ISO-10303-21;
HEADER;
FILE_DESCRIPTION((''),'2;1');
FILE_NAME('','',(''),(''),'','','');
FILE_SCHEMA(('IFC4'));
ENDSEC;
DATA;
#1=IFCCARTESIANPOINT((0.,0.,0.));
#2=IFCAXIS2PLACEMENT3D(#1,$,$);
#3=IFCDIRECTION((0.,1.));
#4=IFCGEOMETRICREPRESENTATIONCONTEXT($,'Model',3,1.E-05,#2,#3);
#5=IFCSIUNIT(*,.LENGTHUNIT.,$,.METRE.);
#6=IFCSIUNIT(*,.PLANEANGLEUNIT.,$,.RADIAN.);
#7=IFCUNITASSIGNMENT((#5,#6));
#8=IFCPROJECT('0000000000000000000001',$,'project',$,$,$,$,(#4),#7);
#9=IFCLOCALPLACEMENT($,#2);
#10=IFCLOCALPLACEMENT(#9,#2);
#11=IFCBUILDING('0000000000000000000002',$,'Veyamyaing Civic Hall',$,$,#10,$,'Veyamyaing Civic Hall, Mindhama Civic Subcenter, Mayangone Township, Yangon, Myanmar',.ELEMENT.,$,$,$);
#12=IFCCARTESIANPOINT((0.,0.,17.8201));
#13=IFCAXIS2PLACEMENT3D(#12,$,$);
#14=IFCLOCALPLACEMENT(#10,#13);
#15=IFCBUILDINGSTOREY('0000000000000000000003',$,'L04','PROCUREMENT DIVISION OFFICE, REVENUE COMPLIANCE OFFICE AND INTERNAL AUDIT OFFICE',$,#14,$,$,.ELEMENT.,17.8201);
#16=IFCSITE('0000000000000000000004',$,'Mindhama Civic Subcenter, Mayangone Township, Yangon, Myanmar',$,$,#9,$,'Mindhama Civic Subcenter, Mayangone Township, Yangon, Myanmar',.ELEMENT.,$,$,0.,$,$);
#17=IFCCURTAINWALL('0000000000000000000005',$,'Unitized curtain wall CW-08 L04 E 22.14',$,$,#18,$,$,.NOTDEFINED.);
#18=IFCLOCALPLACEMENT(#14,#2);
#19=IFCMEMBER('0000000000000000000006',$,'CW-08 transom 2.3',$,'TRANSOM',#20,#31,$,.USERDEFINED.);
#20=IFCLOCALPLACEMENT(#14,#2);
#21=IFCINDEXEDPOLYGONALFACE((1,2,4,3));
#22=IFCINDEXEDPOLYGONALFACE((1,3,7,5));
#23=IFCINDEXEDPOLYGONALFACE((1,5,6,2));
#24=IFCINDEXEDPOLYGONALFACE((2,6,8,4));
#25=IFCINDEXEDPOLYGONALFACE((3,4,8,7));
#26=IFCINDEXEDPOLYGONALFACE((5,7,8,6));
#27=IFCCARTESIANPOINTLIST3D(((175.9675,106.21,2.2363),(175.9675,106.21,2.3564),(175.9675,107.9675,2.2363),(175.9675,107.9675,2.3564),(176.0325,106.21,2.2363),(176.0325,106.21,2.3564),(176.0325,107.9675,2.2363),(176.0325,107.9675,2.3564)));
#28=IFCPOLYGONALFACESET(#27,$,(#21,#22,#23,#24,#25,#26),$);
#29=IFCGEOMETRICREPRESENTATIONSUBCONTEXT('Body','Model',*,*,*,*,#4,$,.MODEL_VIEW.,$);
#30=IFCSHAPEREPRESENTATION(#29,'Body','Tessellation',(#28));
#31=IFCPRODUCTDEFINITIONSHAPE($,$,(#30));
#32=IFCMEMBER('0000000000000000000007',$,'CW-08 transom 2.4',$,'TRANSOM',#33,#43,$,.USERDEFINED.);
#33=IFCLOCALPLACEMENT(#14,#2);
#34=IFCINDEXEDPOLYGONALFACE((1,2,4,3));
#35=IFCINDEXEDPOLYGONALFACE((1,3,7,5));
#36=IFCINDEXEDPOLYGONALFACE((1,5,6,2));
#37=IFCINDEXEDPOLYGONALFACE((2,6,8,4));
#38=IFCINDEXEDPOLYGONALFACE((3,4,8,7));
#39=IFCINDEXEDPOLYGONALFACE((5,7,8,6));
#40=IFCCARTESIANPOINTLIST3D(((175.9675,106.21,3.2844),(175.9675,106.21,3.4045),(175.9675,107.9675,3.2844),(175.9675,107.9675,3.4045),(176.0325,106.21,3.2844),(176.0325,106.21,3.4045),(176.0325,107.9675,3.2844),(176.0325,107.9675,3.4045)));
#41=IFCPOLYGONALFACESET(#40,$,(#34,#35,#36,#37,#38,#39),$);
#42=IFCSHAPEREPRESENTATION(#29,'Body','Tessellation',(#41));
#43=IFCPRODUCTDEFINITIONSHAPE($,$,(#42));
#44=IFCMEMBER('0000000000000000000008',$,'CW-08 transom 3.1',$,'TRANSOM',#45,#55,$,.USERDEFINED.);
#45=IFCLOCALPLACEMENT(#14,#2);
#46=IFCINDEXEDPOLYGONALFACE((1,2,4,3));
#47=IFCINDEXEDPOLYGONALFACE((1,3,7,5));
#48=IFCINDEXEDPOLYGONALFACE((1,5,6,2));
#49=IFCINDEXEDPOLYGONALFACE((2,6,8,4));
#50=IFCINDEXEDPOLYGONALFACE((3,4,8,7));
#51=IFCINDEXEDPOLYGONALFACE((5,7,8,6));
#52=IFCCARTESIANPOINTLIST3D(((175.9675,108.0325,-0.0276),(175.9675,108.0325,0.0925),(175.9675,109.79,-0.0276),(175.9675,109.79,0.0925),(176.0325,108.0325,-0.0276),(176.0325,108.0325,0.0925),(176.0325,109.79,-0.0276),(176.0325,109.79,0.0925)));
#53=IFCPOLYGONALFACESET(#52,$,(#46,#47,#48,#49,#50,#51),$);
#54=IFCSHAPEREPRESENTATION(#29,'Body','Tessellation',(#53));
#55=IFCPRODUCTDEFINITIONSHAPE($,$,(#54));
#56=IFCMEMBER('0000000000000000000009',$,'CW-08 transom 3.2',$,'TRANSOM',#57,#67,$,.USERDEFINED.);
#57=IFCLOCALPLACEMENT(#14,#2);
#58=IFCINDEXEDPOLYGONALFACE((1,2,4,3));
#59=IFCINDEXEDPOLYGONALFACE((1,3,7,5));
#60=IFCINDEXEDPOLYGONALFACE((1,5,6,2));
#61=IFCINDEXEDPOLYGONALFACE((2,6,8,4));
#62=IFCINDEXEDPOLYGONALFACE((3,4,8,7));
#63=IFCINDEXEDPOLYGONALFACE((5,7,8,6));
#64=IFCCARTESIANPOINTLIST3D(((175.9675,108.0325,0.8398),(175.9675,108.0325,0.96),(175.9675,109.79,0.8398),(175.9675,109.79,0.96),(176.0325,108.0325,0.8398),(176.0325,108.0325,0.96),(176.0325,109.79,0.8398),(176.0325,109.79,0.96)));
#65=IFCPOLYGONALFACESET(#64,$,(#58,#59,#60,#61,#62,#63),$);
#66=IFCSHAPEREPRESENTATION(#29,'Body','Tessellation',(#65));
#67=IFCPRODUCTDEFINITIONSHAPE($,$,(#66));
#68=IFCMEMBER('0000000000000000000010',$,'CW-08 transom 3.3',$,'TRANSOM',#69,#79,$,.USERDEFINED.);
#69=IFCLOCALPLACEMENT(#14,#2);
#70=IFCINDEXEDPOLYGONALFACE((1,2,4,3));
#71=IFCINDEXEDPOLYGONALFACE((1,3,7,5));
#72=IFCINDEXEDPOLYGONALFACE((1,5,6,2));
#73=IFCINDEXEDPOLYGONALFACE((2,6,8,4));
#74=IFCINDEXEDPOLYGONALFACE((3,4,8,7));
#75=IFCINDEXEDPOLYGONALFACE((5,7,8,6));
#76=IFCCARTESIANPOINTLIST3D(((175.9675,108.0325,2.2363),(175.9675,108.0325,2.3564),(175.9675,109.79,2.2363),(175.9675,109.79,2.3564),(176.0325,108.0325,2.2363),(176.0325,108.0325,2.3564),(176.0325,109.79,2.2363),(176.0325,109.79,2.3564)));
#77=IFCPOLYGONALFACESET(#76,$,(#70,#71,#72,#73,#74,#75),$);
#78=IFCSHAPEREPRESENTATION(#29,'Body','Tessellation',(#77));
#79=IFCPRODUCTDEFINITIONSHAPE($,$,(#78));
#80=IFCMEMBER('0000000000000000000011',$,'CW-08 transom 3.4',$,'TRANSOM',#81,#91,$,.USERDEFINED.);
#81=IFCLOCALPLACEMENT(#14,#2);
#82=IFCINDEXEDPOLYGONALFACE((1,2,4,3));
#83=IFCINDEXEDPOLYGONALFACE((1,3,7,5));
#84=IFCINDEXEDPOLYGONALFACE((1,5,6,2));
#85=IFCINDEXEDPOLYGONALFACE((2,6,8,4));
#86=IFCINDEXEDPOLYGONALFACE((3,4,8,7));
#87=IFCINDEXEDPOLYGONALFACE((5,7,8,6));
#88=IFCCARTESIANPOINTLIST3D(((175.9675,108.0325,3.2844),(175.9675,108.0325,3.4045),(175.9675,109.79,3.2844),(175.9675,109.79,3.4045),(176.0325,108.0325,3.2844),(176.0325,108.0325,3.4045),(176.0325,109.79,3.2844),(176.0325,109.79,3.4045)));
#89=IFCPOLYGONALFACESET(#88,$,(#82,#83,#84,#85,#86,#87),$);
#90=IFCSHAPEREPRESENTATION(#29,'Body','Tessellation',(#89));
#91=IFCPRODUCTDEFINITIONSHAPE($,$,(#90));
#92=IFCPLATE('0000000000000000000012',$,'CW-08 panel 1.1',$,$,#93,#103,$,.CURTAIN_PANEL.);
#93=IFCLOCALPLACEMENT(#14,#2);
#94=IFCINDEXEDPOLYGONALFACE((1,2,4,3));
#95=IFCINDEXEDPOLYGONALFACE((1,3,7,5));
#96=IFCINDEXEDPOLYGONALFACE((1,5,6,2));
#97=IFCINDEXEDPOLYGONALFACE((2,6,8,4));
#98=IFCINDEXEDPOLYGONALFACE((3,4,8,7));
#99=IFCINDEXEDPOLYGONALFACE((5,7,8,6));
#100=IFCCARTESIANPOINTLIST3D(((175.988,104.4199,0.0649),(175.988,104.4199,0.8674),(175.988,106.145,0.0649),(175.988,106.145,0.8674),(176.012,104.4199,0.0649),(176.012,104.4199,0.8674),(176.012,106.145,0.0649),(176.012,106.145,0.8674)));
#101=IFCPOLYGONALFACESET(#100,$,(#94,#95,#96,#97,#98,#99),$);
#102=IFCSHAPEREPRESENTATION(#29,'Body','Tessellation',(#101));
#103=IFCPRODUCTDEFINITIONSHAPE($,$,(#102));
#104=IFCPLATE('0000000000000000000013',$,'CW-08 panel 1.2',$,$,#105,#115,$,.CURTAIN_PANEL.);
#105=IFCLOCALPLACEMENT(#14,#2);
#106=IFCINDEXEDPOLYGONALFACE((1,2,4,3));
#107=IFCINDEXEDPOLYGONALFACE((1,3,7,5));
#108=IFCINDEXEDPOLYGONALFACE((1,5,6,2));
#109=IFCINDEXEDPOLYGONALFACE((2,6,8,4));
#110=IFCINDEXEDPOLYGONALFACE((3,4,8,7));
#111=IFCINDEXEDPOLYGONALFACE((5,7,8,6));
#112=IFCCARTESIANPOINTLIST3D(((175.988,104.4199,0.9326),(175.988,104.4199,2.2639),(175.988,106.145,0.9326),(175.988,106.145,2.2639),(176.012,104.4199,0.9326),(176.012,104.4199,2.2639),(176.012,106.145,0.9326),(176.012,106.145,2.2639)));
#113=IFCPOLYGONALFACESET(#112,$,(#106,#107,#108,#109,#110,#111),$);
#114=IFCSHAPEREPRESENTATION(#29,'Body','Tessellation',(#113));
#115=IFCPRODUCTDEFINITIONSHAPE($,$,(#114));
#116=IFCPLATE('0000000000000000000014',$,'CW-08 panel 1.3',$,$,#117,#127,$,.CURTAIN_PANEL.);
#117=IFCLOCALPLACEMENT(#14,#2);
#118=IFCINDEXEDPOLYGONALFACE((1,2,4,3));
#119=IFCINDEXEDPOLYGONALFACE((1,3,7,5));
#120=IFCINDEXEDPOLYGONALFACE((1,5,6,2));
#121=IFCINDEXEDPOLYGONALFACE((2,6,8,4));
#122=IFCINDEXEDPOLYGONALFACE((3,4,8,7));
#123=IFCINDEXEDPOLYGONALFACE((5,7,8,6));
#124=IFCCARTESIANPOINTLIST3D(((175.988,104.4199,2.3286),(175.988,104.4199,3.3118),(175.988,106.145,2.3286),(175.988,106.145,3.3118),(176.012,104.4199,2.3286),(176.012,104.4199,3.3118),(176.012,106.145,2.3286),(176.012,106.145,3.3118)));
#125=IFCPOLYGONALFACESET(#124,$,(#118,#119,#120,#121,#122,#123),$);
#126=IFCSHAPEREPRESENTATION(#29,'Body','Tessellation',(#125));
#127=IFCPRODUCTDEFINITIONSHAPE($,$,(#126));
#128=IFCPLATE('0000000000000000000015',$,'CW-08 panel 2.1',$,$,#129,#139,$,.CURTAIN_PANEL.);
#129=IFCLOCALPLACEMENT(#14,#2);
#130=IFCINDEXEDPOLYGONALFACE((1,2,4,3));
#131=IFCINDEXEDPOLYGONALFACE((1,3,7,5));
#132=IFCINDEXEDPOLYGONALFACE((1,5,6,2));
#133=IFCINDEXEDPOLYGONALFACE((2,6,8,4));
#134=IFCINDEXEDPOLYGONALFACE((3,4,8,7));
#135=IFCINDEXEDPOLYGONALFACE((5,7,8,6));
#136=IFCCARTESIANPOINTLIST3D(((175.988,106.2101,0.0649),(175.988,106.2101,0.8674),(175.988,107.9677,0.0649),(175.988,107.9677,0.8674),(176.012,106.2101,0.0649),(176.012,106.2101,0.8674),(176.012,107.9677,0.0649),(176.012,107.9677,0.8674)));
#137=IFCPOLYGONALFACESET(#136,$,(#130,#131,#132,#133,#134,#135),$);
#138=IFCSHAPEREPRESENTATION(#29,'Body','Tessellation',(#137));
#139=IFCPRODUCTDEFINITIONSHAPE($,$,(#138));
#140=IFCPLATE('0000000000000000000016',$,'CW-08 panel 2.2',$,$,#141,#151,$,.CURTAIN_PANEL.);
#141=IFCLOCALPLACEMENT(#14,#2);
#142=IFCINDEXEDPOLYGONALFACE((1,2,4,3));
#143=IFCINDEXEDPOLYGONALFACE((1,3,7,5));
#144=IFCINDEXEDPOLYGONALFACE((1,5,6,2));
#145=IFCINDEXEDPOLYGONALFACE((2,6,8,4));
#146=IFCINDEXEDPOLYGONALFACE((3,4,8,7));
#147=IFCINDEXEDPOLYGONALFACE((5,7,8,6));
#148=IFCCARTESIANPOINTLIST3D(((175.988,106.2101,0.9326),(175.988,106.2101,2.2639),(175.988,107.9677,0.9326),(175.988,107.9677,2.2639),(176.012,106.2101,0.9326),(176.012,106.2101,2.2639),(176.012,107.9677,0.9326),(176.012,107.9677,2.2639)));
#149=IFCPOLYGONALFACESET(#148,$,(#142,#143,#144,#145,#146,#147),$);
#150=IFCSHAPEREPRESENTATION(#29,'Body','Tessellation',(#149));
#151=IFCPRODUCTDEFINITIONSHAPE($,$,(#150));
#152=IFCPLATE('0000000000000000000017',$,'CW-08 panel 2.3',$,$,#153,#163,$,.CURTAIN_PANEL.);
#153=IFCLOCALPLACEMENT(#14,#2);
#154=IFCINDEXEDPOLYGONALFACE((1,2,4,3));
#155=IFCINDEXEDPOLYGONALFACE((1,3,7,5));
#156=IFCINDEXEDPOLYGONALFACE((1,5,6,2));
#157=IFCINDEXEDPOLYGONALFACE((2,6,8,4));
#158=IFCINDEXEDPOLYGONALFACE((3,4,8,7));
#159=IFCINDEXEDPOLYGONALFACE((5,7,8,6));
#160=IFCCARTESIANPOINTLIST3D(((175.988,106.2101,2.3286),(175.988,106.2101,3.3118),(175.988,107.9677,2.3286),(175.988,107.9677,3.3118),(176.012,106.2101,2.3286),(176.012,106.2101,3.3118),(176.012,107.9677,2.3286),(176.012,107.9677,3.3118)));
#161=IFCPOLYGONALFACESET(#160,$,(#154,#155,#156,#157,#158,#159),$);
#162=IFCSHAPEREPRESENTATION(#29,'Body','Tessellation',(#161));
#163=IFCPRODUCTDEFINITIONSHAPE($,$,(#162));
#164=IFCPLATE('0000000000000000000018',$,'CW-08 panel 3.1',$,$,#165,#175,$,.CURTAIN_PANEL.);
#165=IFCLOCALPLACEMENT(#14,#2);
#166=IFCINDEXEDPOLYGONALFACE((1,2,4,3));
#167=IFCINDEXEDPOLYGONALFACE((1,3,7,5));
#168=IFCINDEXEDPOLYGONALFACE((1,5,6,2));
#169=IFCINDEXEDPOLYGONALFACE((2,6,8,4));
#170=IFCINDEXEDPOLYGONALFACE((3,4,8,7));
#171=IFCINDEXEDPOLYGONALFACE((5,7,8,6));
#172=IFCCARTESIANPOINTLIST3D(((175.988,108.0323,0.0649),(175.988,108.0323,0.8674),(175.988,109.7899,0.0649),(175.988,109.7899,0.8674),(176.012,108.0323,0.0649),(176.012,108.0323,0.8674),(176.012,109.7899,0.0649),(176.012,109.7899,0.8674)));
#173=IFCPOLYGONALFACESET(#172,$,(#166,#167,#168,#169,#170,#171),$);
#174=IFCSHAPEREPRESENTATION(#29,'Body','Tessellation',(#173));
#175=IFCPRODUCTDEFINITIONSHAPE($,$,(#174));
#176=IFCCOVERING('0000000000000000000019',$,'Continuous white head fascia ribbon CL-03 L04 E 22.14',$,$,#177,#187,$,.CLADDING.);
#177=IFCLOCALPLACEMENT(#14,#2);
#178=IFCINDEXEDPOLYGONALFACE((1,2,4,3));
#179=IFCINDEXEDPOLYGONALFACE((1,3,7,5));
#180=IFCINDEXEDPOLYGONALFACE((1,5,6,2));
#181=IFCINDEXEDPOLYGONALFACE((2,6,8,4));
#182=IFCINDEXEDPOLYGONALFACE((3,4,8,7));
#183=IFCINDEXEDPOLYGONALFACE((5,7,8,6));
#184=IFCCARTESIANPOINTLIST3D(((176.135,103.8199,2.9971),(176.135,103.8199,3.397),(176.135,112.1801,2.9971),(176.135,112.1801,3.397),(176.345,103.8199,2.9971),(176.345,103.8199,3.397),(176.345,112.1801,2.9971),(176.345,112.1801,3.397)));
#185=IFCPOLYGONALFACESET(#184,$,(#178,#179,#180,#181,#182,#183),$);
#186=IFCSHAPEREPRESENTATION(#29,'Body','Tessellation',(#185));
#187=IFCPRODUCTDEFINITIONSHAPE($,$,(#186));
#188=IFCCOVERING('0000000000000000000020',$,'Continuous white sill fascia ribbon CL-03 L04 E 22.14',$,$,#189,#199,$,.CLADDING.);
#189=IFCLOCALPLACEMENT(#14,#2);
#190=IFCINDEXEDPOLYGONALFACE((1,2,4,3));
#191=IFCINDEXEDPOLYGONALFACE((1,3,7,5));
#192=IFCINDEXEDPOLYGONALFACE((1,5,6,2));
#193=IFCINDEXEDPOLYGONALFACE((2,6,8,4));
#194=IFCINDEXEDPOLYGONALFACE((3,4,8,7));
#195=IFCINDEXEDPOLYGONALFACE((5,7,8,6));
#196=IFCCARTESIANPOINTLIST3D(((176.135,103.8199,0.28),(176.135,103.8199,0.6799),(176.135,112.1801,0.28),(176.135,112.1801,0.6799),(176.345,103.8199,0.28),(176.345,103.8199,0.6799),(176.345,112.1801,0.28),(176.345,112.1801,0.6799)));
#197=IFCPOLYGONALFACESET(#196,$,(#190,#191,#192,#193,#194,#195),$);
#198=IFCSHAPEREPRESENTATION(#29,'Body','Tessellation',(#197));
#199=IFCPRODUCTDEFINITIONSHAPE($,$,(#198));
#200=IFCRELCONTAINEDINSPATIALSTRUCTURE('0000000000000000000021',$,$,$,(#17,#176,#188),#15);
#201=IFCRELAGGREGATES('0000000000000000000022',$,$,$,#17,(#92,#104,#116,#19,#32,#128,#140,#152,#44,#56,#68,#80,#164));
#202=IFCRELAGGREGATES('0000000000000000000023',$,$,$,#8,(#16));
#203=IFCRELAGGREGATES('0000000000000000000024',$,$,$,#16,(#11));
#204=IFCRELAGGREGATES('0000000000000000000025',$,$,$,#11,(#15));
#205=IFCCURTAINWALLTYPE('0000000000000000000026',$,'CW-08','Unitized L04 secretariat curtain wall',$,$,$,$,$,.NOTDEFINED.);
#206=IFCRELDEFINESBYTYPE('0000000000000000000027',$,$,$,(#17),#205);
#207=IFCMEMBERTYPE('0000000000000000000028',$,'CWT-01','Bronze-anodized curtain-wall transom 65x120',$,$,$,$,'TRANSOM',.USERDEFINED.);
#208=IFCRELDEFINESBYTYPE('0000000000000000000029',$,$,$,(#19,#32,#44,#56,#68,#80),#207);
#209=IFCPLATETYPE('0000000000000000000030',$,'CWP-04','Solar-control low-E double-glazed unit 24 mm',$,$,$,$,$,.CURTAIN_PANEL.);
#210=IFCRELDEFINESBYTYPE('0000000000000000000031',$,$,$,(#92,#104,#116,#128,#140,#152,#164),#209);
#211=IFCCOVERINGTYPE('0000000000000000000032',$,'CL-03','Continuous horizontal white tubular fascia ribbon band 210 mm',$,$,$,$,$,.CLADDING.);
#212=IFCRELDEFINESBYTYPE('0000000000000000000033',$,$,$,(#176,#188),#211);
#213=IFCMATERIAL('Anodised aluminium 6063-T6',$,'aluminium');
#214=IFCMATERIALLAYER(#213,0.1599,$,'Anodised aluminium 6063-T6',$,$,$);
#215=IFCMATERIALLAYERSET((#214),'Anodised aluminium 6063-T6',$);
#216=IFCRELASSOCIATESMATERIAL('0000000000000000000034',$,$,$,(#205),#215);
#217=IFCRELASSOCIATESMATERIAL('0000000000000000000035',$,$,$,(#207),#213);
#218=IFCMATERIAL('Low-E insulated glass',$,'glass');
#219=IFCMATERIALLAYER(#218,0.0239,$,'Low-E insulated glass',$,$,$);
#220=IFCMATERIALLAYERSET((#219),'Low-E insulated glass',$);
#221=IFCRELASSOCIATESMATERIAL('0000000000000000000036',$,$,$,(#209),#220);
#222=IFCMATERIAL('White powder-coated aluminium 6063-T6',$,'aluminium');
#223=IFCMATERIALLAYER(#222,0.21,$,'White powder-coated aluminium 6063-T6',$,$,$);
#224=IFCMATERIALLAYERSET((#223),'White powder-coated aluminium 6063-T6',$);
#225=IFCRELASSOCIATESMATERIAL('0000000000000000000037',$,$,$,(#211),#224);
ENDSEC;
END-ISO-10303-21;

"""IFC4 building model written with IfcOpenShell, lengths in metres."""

from ifc_helpers import new_model, si_unit, direction, frame, origin, origin_2d, place, context, subcontext, project, spatial, rectangle, extrude, material, layer, layer_set, material_profile, profile_set, type_object, element, aggregate, save


model = new_model("IFC4")

# Units and contexts
model_context = context("Model", 3, precision=1e-05, world=origin(), true_north=direction((0.0, 1.0)))
body_context = subcontext(model_context, "Body", "Model", "MODEL_VIEW")
ifc_project = project(units=[si_unit("LENGTHUNIT", "METRE"), si_unit("PLANEANGLEUNIT", "RADIAN")], contexts=[model_context])

# Site, building, storey
site_placement = place(None, origin())
site = spatial("IfcSite", under=ifc_project, at=site_placement, Name="Mindhama Civic Subcenter, Mayangone Township, Yangon, Myanmar", LongName="Mindhama Civic Subcenter, Mayangone Township, Yangon, Myanmar", CompositionType="ELEMENT", RefElevation=0.0)
building_placement = place(site_placement, origin())
building = spatial("IfcBuilding", under=site, at=building_placement, Name="Veyamyaing Civic Hall", LongName="Veyamyaing Civic Hall, Mindhama Civic Subcenter, Mayangone Township, Yangon, Myanmar", CompositionType="ELEMENT")
storey_placement = place(building_placement, frame((0.0, 0.0, 17.8201)))
storey = spatial("IfcBuildingStorey", under=building, at=storey_placement, Name="L04", Description="PROCUREMENT DIVISION OFFICE, REVENUE COMPLIANCE OFFICE AND INTERNAL AUDIT OFFICE", CompositionType="ELEMENT", Elevation=17.8201)

# Curtain wall, members, plates
ifc_material_1 = material(Name="Anodised aluminium 6063-T6", Category="aluminium")
ifc_layer_1 = layer(ifc_material_1, 0.1599, Name="Anodised aluminium 6063-T6")
ifc_layer_set_1 = layer_set([ifc_layer_1], Name="Anodised aluminium 6063-T6")
curtain_wall_type = type_object("IfcCurtainWallType", Name="CW-08", Description="Unitized L04 secretariat curtain wall", PredefinedType="NOTDEFINED", material=ifc_layer_set_1)
curtain_wall_placement = place(storey_placement, origin())
curtain_wall = element("IfcCurtainWall", 1, at=curtain_wall_placement, inside=storey, type_object=curtain_wall_type, Name="Unitized curtain wall CW-08 L04 E 22.14", PredefinedType="NOTDEFINED")
ifc_material_profile_1 = material_profile(ifc_material_1, rectangle(XDim=0.0649, YDim=0.1201, at=origin_2d()), Name="ALU-TRN-65X120")
ifc_profile_set_1 = profile_set([ifc_material_profile_1], Name="Anodised aluminium 6063-T6")
member_type_1 = type_object("IfcMemberType", Name="CWT-01", Description="Bronze-anodized curtain-wall transom 65x120", ElementType="TRANSOM", PredefinedType="USERDEFINED", material=ifc_profile_set_1)
member_1_placement = place(storey_placement, frame((176.0, 106.21, 2.2964), z_axis=(0.0, 1.0, 0.0), x_axis=(-1.0, 0.0, 0.0)))
member_1 = element("IfcMember", 2, at=member_1_placement, type_object=member_type_1, Name="CW-08 transom 2.3", ObjectType="TRANSOM", PredefinedType="USERDEFINED", context=body_context, shape_type="SweptSolid", body=[
    extrude(rectangle(XDim=0.0649, YDim=0.1201, at=origin_2d()), origin(), (0.0, 0.0, 1.0), 1.7576),
])
member_2_placement = place(storey_placement, frame((176.0, 106.21, 3.3445), z_axis=(0.0, 1.0, 0.0), x_axis=(-1.0, 0.0, 0.0)))
member_2 = element("IfcMember", 3, at=member_2_placement, type_object=member_type_1, Name="CW-08 transom 2.4", ObjectType="TRANSOM", PredefinedType="USERDEFINED", context=body_context, shape_type="SweptSolid", body=[
    extrude(rectangle(XDim=0.0649, YDim=0.1201, at=origin_2d()), origin(), (0.0, 0.0, 1.0), 1.7576),
])
member_3_placement = place(storey_placement, frame((176.0, 108.0325, 0.0325), z_axis=(0.0, 1.0, 0.0), x_axis=(-1.0, 0.0, 0.0)))
member_3 = element("IfcMember", 4, at=member_3_placement, type_object=member_type_1, Name="CW-08 transom 3.1", ObjectType="TRANSOM", PredefinedType="USERDEFINED", context=body_context, shape_type="SweptSolid", body=[
    extrude(rectangle(XDim=0.0649, YDim=0.1201, at=origin_2d()), origin(), (0.0, 0.0, 1.0), 1.7576),
])
member_4_placement = place(storey_placement, frame((176.0, 108.0325, 0.8999), z_axis=(0.0, 1.0, 0.0), x_axis=(-1.0, 0.0, 0.0)))
member_4 = element("IfcMember", 5, at=member_4_placement, type_object=member_type_1, Name="CW-08 transom 3.2", ObjectType="TRANSOM", PredefinedType="USERDEFINED", context=body_context, shape_type="SweptSolid", body=[
    extrude(rectangle(XDim=0.0649, YDim=0.1201, at=origin_2d()), origin(), (0.0, 0.0, 1.0), 1.7576),
])
member_5_placement = place(storey_placement, frame((176.0, 108.0325, 2.2964), z_axis=(0.0, 1.0, 0.0), x_axis=(-1.0, 0.0, 0.0)))
member_5 = element("IfcMember", 6, at=member_5_placement, type_object=member_type_1, Name="CW-08 transom 3.3", ObjectType="TRANSOM", PredefinedType="USERDEFINED", context=body_context, shape_type="SweptSolid", body=[
    extrude(rectangle(XDim=0.0649, YDim=0.1201, at=origin_2d()), origin(), (0.0, 0.0, 1.0), 1.7576),
])
member_6_placement = place(storey_placement, frame((176.0, 108.0325, 3.3445), z_axis=(0.0, 1.0, 0.0), x_axis=(-1.0, 0.0, 0.0)))
member_6 = element("IfcMember", 7, at=member_6_placement, type_object=member_type_1, Name="CW-08 transom 3.4", ObjectType="TRANSOM", PredefinedType="USERDEFINED", context=body_context, shape_type="SweptSolid", body=[
    extrude(rectangle(XDim=0.0649, YDim=0.1201, at=origin_2d()), origin(), (0.0, 0.0, 1.0), 1.7576),
])
ifc_material_2 = material(Name="Low-E insulated glass", Category="glass")
ifc_layer_2 = layer(ifc_material_2, 0.0239, Name="Low-E insulated glass")
ifc_layer_set_2 = layer_set([ifc_layer_2], Name="Low-E insulated glass")
plate_type = type_object("IfcPlateType", Name="CWP-04", Description="Solar-control low-E double-glazed unit 24 mm", PredefinedType="CURTAIN_PANEL", material=ifc_layer_set_2)
plate_1_placement = place(storey_placement, frame((176.0, 105.2825, 0.0649), z_axis=(0.0, 0.0, 1.0), x_axis=(0.0, 1.0, 0.0)))
plate_1 = element("IfcPlate", 8, at=plate_1_placement, type_object=plate_type, Name="CW-08 panel 1.1", PredefinedType="CURTAIN_PANEL", context=body_context, shape_type="SweptSolid", body=[
    extrude(rectangle(XDim=1.7251, YDim=0.0239, at=origin_2d()), origin(), (0.0, 0.0, 1.0), 0.8025),
])
plate_2_placement = place(storey_placement, frame((176.0, 105.2825, 0.9326), z_axis=(0.0, 0.0, 1.0), x_axis=(0.0, 1.0, 0.0)))
plate_2 = element("IfcPlate", 9, at=plate_2_placement, type_object=plate_type, Name="CW-08 panel 1.2", PredefinedType="CURTAIN_PANEL", context=body_context, shape_type="SweptSolid", body=[
    extrude(rectangle(XDim=1.7251, YDim=0.0239, at=origin_2d()), origin(), (0.0, 0.0, 1.0), 1.3313),
])
plate_3_placement = place(storey_placement, frame((176.0, 105.2825, 2.3286), z_axis=(0.0, 0.0, 1.0), x_axis=(0.0, 1.0, 0.0)))
plate_3 = element("IfcPlate", 10, at=plate_3_placement, type_object=plate_type, Name="CW-08 panel 1.3", PredefinedType="CURTAIN_PANEL", context=body_context, shape_type="SweptSolid", body=[
    extrude(rectangle(XDim=1.7251, YDim=0.0239, at=origin_2d()), origin(), (0.0, 0.0, 1.0), 0.9832),
])
plate_4_placement = place(storey_placement, frame((176.0, 107.0889, 0.0649), z_axis=(0.0, 0.0, 1.0), x_axis=(0.0, 1.0, 0.0)))
plate_4 = element("IfcPlate", 11, at=plate_4_placement, type_object=plate_type, Name="CW-08 panel 2.1", PredefinedType="CURTAIN_PANEL", context=body_context, shape_type="SweptSolid", body=[
    extrude(rectangle(XDim=1.7576, YDim=0.0239, at=origin_2d()), origin(), (0.0, 0.0, 1.0), 0.8025),
])
plate_5_placement = place(storey_placement, frame((176.0, 107.0889, 0.9326), z_axis=(0.0, 0.0, 1.0), x_axis=(0.0, 1.0, 0.0)))
plate_5 = element("IfcPlate", 12, at=plate_5_placement, type_object=plate_type, Name="CW-08 panel 2.2", PredefinedType="CURTAIN_PANEL", context=body_context, shape_type="SweptSolid", body=[
    extrude(rectangle(XDim=1.7576, YDim=0.0239, at=origin_2d()), origin(), (0.0, 0.0, 1.0), 1.3313),
])
plate_6_placement = place(storey_placement, frame((176.0, 107.0889, 2.3286), z_axis=(0.0, 0.0, 1.0), x_axis=(0.0, 1.0, 0.0)))
plate_6 = element("IfcPlate", 13, at=plate_6_placement, type_object=plate_type, Name="CW-08 panel 2.3", PredefinedType="CURTAIN_PANEL", context=body_context, shape_type="SweptSolid", body=[
    extrude(rectangle(XDim=1.7576, YDim=0.0239, at=origin_2d()), origin(), (0.0, 0.0, 1.0), 0.9832),
])
plate_7_placement = place(storey_placement, frame((176.0, 108.9111, 0.0649), z_axis=(0.0, 0.0, 1.0), x_axis=(0.0, 1.0, 0.0)))
plate_7 = element("IfcPlate", 14, at=plate_7_placement, type_object=plate_type, Name="CW-08 panel 3.1", PredefinedType="CURTAIN_PANEL", context=body_context, shape_type="SweptSolid", body=[
    extrude(rectangle(XDim=1.7576, YDim=0.0239, at=origin_2d()), origin(), (0.0, 0.0, 1.0), 0.8025),
])
aggregate(curtain_wall, [plate_1, plate_2, plate_3, member_1, member_2, plate_4, plate_5, plate_6, member_3, member_4, member_5, member_6, plate_7])

# Coverings
ifc_material_3 = material(Name="White powder-coated aluminium 6063-T6", Category="aluminium")
ifc_layer_3 = layer(ifc_material_3, 0.21, Name="White powder-coated aluminium 6063-T6")
ifc_layer_set_3 = layer_set([ifc_layer_3], Name="White powder-coated aluminium 6063-T6")
covering_type = type_object("IfcCoveringType", Name="CL-03", Description="Continuous horizontal white tubular fascia ribbon band 210 mm", PredefinedType="CLADDING", material=ifc_layer_set_3)
for number, where, z_axis, x_axis, name in (
    (15, (176.24, 108.0, 2.9971), (0.0, 0.0, 1.0), (0.0, 1.0, 0.0), "Continuous white head fascia ribbon CL-03 L04 E 22.14"),
    (16, (176.24, 108.0, 0.28), (0.0, 0.0, 1.0), (0.0, 1.0, 0.0), "Continuous white sill fascia ribbon CL-03 L04 E 22.14"),
):
    element("IfcCovering", number, at=place(storey_placement, frame(where, z_axis=z_axis, x_axis=x_axis)), inside=storey, type_object=covering_type, Name=name, PredefinedType="CLADDING", context=body_context, shape_type="SweptSolid", body=[
        extrude(rectangle(XDim=8.3601, YDim=0.21, at=origin_2d()), origin(), (0.0, 0.0, 1.0), 0.3999),
    ])

save(model, "model.ifc")
